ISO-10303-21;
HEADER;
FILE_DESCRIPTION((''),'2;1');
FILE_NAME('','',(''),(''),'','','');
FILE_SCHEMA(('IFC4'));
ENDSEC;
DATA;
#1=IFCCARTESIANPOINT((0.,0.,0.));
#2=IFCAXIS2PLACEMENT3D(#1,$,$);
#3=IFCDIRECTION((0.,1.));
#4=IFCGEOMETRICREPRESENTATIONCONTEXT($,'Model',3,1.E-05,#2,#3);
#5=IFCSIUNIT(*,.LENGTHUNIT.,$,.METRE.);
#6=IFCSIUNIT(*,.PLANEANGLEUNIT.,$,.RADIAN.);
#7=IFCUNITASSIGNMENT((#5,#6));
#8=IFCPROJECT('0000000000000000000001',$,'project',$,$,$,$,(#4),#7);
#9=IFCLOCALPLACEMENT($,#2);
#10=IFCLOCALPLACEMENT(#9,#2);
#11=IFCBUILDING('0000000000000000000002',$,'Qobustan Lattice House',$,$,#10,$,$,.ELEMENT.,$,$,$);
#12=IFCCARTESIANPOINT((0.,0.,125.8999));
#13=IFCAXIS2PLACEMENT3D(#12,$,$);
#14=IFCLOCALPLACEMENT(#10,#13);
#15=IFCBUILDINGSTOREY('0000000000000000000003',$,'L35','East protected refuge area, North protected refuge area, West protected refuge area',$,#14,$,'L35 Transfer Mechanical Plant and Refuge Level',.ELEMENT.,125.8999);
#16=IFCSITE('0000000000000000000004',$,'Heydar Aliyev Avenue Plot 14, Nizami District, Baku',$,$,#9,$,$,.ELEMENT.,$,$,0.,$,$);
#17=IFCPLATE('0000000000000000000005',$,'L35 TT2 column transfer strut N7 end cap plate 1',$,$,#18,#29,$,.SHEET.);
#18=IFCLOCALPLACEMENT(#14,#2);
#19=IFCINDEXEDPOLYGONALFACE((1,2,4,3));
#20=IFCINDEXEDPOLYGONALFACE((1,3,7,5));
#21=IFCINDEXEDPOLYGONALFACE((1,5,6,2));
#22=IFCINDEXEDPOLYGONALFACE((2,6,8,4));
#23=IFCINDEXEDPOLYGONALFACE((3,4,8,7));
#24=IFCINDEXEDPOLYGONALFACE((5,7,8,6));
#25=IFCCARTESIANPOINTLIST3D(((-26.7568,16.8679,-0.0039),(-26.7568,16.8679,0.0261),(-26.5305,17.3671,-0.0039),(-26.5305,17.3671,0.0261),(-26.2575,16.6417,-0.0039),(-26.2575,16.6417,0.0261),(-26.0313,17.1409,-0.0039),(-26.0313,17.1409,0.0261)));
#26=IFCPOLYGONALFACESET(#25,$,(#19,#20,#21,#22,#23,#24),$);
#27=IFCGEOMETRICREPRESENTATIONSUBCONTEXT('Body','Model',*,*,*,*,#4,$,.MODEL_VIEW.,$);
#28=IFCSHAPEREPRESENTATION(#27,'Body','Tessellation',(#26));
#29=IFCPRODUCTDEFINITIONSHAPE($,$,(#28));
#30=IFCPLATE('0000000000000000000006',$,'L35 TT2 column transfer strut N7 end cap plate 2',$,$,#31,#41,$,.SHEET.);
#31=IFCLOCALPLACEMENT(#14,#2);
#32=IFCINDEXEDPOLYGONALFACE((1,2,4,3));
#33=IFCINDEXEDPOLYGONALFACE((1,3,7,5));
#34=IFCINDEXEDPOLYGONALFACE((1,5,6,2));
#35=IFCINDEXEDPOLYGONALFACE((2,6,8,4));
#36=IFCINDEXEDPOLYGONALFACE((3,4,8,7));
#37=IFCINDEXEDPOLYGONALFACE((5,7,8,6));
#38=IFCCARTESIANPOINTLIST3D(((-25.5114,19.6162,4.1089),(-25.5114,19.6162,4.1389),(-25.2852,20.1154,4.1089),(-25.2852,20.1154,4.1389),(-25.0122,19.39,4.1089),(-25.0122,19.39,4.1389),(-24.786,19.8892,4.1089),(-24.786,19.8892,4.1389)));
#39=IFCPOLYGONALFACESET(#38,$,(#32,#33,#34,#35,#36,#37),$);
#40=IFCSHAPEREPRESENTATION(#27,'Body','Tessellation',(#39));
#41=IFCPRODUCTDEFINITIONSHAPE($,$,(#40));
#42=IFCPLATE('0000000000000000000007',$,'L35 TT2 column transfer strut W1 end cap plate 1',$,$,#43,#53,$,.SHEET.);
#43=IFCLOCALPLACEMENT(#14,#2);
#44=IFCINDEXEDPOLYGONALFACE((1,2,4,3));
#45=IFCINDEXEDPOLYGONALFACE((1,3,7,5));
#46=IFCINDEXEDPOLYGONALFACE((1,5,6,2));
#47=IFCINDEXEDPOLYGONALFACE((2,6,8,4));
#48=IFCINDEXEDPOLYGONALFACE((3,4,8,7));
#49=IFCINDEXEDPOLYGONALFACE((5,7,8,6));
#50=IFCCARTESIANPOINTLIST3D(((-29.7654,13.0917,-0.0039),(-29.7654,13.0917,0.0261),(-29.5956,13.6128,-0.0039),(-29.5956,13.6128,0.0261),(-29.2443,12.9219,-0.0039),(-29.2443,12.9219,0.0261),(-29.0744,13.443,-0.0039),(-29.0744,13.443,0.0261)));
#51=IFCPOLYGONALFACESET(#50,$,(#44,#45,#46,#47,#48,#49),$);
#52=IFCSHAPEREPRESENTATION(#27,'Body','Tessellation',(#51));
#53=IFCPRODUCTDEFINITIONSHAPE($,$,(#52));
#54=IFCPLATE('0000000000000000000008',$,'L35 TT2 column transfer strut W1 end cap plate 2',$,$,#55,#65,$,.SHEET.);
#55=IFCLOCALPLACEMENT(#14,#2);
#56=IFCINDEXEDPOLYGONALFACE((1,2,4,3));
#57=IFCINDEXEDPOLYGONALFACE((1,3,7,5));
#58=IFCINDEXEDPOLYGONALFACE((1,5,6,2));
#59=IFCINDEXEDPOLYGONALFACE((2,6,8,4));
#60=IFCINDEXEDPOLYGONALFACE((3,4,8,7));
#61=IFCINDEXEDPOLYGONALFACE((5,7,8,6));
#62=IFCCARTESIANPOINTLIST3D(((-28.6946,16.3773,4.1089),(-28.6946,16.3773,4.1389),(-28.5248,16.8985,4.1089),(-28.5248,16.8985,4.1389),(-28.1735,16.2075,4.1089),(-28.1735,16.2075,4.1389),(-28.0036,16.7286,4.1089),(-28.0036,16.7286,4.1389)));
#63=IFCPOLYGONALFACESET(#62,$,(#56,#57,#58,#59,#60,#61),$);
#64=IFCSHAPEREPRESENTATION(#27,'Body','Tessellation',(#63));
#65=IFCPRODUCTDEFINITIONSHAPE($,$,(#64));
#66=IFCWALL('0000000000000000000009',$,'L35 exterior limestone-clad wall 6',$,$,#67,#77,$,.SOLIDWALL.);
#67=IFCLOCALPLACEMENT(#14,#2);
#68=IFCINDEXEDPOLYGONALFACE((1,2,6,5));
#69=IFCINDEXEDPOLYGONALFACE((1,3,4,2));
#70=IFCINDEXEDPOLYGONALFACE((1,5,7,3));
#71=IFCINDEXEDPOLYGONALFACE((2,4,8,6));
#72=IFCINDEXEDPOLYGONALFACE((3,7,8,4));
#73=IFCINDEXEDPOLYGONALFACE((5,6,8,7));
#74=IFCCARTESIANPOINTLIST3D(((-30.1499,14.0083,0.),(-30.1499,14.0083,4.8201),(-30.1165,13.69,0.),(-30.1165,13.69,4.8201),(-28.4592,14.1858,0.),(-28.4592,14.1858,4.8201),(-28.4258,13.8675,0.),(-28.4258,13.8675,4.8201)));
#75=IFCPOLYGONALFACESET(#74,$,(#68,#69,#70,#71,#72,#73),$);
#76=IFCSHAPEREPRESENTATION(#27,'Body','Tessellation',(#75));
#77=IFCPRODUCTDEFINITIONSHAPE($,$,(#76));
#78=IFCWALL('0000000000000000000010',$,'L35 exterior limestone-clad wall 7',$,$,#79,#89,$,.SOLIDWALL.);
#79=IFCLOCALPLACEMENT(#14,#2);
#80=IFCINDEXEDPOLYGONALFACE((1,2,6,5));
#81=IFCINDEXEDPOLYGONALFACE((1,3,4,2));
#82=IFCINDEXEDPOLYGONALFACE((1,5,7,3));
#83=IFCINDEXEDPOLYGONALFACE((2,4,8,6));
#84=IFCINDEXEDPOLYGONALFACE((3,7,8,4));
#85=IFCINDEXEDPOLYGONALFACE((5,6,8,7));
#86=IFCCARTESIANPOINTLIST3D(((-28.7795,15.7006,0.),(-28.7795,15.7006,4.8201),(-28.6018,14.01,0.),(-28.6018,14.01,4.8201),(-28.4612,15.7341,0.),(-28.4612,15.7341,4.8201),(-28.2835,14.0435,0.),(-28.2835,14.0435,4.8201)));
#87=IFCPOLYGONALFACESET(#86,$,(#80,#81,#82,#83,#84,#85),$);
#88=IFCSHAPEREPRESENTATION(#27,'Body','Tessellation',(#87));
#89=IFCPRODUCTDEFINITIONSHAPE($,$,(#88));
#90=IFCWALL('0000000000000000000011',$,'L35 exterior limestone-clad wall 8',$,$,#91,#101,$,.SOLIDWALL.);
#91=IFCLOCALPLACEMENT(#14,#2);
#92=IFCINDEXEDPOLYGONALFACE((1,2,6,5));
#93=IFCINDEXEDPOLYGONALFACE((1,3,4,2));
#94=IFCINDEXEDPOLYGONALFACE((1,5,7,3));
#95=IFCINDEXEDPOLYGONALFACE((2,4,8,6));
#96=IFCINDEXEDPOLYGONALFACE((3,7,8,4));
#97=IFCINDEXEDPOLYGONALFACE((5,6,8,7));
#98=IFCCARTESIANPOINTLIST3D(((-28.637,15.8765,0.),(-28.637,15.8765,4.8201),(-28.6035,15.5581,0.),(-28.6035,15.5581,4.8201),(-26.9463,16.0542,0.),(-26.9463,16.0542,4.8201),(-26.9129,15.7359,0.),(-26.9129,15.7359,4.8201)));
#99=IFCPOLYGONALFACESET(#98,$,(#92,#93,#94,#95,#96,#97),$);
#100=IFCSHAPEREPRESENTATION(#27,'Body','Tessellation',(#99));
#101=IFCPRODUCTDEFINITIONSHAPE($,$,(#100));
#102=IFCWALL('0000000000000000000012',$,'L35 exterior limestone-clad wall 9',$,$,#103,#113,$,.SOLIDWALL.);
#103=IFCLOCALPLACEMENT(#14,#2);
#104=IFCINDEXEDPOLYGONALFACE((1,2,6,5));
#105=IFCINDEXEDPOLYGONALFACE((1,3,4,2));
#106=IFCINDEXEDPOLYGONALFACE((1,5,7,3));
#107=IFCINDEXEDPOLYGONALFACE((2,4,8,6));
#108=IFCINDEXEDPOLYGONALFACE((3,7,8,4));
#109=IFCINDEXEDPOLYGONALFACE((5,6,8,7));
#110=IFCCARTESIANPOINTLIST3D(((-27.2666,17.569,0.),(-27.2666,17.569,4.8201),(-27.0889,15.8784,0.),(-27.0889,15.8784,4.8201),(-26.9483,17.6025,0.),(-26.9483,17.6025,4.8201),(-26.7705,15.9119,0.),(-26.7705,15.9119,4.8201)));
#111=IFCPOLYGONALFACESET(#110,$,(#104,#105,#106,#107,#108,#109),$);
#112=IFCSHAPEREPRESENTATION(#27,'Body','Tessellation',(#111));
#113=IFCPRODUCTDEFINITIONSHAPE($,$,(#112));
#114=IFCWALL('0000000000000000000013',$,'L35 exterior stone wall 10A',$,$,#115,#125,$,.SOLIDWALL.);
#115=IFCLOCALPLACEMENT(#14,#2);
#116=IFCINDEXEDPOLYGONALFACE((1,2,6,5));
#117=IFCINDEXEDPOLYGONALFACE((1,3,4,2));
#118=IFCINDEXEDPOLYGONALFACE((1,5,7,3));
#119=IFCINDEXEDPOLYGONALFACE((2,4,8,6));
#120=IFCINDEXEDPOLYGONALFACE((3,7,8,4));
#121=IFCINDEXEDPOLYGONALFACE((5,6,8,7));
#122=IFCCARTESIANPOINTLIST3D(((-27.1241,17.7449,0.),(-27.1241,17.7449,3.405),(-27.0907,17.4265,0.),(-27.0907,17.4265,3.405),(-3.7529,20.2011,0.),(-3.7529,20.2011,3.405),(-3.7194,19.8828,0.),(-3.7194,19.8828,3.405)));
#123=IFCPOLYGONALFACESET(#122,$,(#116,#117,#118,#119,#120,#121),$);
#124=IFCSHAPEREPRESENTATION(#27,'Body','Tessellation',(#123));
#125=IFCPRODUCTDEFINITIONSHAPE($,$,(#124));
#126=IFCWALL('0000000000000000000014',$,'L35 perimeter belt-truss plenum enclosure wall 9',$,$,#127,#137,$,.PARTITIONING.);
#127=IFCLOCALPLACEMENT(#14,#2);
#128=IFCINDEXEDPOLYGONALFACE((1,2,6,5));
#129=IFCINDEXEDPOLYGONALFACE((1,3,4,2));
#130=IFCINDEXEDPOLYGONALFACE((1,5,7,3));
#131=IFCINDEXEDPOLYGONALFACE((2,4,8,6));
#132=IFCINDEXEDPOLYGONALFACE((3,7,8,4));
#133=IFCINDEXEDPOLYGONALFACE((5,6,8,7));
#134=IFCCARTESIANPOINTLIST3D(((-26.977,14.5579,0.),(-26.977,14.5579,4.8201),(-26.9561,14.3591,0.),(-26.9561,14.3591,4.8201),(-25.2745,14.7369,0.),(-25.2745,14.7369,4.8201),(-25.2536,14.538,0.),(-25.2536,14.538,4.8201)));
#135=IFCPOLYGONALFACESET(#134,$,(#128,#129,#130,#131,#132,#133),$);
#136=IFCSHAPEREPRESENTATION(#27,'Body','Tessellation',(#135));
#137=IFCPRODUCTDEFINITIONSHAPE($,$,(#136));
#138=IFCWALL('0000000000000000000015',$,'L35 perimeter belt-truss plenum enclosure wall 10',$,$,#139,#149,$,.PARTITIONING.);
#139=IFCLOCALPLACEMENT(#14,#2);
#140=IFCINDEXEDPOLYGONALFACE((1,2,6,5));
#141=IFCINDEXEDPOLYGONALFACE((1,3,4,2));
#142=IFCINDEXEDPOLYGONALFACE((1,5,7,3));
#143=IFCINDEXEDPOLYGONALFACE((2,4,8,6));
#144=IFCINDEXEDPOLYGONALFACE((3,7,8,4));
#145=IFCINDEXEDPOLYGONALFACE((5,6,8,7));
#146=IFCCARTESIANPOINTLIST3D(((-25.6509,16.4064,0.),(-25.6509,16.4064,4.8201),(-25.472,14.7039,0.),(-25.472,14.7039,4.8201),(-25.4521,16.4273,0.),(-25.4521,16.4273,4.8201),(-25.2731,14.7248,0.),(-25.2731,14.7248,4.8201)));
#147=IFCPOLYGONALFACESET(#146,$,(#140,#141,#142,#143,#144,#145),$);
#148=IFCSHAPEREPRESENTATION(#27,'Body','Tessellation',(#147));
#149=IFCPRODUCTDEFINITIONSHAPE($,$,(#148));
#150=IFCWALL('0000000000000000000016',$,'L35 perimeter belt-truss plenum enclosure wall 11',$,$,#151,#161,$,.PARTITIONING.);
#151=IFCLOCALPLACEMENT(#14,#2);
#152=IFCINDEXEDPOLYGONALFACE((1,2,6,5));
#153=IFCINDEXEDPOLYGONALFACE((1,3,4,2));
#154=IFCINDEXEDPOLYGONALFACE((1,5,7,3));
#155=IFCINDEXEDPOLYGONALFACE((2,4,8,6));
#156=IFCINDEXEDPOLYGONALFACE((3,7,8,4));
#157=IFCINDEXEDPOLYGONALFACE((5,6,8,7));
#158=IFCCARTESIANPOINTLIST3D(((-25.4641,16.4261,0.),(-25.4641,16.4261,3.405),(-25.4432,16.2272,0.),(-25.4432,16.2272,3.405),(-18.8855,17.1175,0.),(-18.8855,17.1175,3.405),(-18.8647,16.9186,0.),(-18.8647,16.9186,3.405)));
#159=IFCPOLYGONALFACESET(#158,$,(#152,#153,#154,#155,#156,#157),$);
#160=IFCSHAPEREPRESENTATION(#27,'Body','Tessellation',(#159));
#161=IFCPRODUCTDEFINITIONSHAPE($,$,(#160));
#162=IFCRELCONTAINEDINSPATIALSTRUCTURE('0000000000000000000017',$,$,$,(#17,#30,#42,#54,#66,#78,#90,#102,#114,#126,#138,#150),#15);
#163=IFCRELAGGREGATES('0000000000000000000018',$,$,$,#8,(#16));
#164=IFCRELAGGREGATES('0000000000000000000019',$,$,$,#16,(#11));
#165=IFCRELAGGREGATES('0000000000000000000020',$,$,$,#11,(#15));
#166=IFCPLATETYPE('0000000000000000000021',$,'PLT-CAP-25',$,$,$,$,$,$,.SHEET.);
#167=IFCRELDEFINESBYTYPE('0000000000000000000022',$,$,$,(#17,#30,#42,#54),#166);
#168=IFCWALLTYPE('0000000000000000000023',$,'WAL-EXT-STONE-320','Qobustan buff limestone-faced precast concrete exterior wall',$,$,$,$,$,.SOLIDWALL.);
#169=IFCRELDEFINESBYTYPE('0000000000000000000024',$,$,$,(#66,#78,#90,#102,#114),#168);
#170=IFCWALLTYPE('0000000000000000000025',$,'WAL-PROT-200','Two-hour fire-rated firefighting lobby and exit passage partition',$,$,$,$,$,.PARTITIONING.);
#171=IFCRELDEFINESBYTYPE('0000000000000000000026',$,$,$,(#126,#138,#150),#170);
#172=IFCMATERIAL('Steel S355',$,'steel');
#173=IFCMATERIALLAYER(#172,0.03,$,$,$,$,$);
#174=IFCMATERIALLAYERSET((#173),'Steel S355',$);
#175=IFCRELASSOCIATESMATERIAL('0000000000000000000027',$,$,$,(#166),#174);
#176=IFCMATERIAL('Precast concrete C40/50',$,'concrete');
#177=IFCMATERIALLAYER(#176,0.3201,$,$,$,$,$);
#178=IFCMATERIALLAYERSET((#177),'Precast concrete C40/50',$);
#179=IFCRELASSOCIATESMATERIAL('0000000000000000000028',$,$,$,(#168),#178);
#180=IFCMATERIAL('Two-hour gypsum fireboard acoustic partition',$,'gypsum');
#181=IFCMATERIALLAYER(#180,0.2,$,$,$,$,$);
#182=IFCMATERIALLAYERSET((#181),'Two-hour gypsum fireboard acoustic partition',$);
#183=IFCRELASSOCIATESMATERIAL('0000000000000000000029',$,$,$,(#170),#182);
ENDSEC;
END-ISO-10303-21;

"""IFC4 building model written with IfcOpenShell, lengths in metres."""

from ifc_helpers import new_model, si_unit, direction, frame, frame_2d, origin, origin_2d, place, context, subcontext, project, spatial, rectangle, extrude, material, layer, layer_set, type_object, element, save


model = new_model("IFC4")

# Units and contexts
model_context = context("Model", 3, precision=1e-05, world=origin(), true_north=direction((0.0, 1.0)))
body_context = subcontext(model_context, "Body", "Model", "MODEL_VIEW")
ifc_project = project(units=[si_unit("LENGTHUNIT", "METRE"), si_unit("PLANEANGLEUNIT", "RADIAN")], contexts=[model_context])

# Site, building, storey
site_placement = place(None, origin())
site = spatial("IfcSite", under=ifc_project, at=site_placement, Name="Heydar Aliyev Avenue Plot 14, Nizami District, Baku", CompositionType="ELEMENT", RefElevation=0.0)
building_placement = place(site_placement, origin())
building = spatial("IfcBuilding", under=site, at=building_placement, Name="Qobustan Lattice House", CompositionType="ELEMENT")
storey_placement = place(building_placement, frame((0.0, 0.0, 125.8999)))
storey = spatial("IfcBuildingStorey", under=building, at=storey_placement, Name="L35", Description="East protected refuge area, North protected refuge area, West protected refuge area", LongName="L35 Transfer Mechanical Plant and Refuge Level", CompositionType="ELEMENT", Elevation=125.8999)

# Plates
ifc_material_1 = material(Name="Steel S355", Category="steel")
ifc_layer_1 = layer(ifc_material_1, 0.03)
ifc_layer_set_1 = layer_set([ifc_layer_1], Name="Steel S355")
plate_type = type_object("IfcPlateType", Name="PLT-CAP-25", PredefinedType="SHEET", material=ifc_layer_set_1)
for number, where, z_axis, x_axis, name in (
    (1, (-26.394, 17.0044, -0.0039), (0.0, 0.0, 1.0), (0.412755, 0.910842, 0.0), "L35 TT2 column transfer strut N7 end cap plate 1"),
    (2, (-25.1487, 19.7527, 4.1089), (0.0, 0.0, 1.0), (0.412755, 0.910842, 0.0), "L35 TT2 column transfer strut N7 end cap plate 2"),
    (3, (-29.4199, 13.2673, -0.0039), (0.0, 0.0, 1.0), (0.309897, 0.95077, 0.0), "L35 TT2 column transfer strut W1 end cap plate 1"),
    (4, (-28.3491, 16.553, 4.1089), (0.0, 0.0, 1.0), (0.309897, 0.95077, 0.0), "L35 TT2 column transfer strut W1 end cap plate 2"),
):
    element("IfcPlate", number, at=place(storey_placement, frame(where, z_axis=z_axis, x_axis=x_axis)), inside=storey, type_object=plate_type, Name=name, PredefinedType="SHEET", context=body_context, shape_type="SweptSolid", body=[
        extrude(rectangle(XDim=0.5481, YDim=0.5481, at=origin_2d()), origin(), (0.0, 0.0, 1.0), 0.03),
    ])

# Walls
ifc_material_2 = material(Name="Precast concrete C40/50", Category="concrete")
ifc_layer_2 = layer(ifc_material_2, 0.3201)
ifc_layer_set_2 = layer_set([ifc_layer_2], Name="Precast concrete C40/50")
wall_type_1 = type_object("IfcWallType", Name="WAL-EXT-STONE-320", Description="Qobustan buff limestone-faced precast concrete exterior wall", PredefinedType="SOLIDWALL", material=ifc_layer_set_2)
for number, where, z_axis, x_axis, name in (
    (5, (-30.1333, 13.8491, 0.0), (0.0, 0.0, 1.0), (0.994535, 0.104408, 0.0), "L35 exterior limestone-clad wall 6"),
    (6, (-28.4426, 14.0266, 0.0), (0.0, 0.0, 1.0), (-0.10455, 0.99452, 0.0), "L35 exterior limestone-clad wall 7"),
    (7, (-28.6204, 15.7173, 0.0), (0.0, 0.0, 1.0), (0.99452, 0.10455, 0.0), "L35 exterior limestone-clad wall 8"),
    (8, (-26.9297, 15.895, 0.0), (0.0, 0.0, 1.0), (-0.10455, 0.99452, 0.0), "L35 exterior limestone-clad wall 9"),
):
    element("IfcWall", number, at=place(storey_placement, frame(where, z_axis=z_axis, x_axis=x_axis)), inside=storey, type_object=wall_type_1, Name=name, PredefinedType="SOLIDWALL", context=body_context, shape_type="SweptSolid", body=[
        extrude(rectangle(XDim=1.7, YDim=0.3201, at=frame_2d((0.8501, 0.0))), origin(), (0.0, 0.0, 1.0), 4.8201),
    ])
wall_1_placement = place(storey_placement, frame((-27.1074, 17.5857, 0.0), z_axis=(0.0, 0.0, 1.0), x_axis=(0.994522, 0.104523, 0.0)))
element("IfcWall", 9, at=wall_1_placement, inside=storey, type_object=wall_type_1, Name="L35 exterior stone wall 10A", PredefinedType="SOLIDWALL", context=body_context, shape_type="SweptSolid", body=[
    extrude(rectangle(XDim=23.5, YDim=0.3201, at=frame_2d((11.75, 0.0))), origin(), (0.0, 0.0, 1.0), 3.405),
])
ifc_material_3 = material(Name="Two-hour gypsum fireboard acoustic partition", Category="gypsum")
ifc_layer_3 = layer(ifc_material_3, 0.2)
ifc_layer_set_3 = layer_set([ifc_layer_3], Name="Two-hour gypsum fireboard acoustic partition")
wall_type_2 = type_object("IfcWallType", Name="WAL-PROT-200", Description="Two-hour fire-rated firefighting lobby and exit passage partition", PredefinedType="PARTITIONING", material=ifc_layer_set_3)
for number, where, z_axis, x_axis, name in (
    (10, (-26.9666, 14.4585, 0.0), (0.0, 0.0, 1.0), (0.994522, 0.104529, 0.0), "L35 perimeter belt-truss plenum enclosure wall 9"),
    (11, (-25.3726, 14.7144, 0.0), (0.0, 0.0, 1.0), (-0.104529, 0.994522, 0.0), "L35 perimeter belt-truss plenum enclosure wall 10"),
):
    element("IfcWall", number, at=place(storey_placement, frame(where, z_axis=z_axis, x_axis=x_axis)), inside=storey, type_object=wall_type_2, Name=name, PredefinedType="PARTITIONING", context=body_context, shape_type="SweptSolid", body=[
        extrude(rectangle(XDim=1.7119, YDim=0.2, at=frame_2d((0.856, 0.0))), origin(), (0.0, 0.0, 1.0), 4.8201),
    ])
wall_2_placement = place(storey_placement, frame((-25.4536, 16.3267, 0.0), z_axis=(0.0, 0.0, 1.0), x_axis=(0.994522, 0.104523, 0.0)))
element("IfcWall", 12, at=wall_2_placement, inside=storey, type_object=wall_type_2, Name="L35 perimeter belt-truss plenum enclosure wall 11", PredefinedType="PARTITIONING", context=body_context, shape_type="SweptSolid", body=[
    extrude(rectangle(XDim=6.6147, YDim=0.2, at=frame_2d((3.3074, 0.0))), origin(), (0.0, 0.0, 1.0), 3.405),
])

save(model, "model.ifc")
